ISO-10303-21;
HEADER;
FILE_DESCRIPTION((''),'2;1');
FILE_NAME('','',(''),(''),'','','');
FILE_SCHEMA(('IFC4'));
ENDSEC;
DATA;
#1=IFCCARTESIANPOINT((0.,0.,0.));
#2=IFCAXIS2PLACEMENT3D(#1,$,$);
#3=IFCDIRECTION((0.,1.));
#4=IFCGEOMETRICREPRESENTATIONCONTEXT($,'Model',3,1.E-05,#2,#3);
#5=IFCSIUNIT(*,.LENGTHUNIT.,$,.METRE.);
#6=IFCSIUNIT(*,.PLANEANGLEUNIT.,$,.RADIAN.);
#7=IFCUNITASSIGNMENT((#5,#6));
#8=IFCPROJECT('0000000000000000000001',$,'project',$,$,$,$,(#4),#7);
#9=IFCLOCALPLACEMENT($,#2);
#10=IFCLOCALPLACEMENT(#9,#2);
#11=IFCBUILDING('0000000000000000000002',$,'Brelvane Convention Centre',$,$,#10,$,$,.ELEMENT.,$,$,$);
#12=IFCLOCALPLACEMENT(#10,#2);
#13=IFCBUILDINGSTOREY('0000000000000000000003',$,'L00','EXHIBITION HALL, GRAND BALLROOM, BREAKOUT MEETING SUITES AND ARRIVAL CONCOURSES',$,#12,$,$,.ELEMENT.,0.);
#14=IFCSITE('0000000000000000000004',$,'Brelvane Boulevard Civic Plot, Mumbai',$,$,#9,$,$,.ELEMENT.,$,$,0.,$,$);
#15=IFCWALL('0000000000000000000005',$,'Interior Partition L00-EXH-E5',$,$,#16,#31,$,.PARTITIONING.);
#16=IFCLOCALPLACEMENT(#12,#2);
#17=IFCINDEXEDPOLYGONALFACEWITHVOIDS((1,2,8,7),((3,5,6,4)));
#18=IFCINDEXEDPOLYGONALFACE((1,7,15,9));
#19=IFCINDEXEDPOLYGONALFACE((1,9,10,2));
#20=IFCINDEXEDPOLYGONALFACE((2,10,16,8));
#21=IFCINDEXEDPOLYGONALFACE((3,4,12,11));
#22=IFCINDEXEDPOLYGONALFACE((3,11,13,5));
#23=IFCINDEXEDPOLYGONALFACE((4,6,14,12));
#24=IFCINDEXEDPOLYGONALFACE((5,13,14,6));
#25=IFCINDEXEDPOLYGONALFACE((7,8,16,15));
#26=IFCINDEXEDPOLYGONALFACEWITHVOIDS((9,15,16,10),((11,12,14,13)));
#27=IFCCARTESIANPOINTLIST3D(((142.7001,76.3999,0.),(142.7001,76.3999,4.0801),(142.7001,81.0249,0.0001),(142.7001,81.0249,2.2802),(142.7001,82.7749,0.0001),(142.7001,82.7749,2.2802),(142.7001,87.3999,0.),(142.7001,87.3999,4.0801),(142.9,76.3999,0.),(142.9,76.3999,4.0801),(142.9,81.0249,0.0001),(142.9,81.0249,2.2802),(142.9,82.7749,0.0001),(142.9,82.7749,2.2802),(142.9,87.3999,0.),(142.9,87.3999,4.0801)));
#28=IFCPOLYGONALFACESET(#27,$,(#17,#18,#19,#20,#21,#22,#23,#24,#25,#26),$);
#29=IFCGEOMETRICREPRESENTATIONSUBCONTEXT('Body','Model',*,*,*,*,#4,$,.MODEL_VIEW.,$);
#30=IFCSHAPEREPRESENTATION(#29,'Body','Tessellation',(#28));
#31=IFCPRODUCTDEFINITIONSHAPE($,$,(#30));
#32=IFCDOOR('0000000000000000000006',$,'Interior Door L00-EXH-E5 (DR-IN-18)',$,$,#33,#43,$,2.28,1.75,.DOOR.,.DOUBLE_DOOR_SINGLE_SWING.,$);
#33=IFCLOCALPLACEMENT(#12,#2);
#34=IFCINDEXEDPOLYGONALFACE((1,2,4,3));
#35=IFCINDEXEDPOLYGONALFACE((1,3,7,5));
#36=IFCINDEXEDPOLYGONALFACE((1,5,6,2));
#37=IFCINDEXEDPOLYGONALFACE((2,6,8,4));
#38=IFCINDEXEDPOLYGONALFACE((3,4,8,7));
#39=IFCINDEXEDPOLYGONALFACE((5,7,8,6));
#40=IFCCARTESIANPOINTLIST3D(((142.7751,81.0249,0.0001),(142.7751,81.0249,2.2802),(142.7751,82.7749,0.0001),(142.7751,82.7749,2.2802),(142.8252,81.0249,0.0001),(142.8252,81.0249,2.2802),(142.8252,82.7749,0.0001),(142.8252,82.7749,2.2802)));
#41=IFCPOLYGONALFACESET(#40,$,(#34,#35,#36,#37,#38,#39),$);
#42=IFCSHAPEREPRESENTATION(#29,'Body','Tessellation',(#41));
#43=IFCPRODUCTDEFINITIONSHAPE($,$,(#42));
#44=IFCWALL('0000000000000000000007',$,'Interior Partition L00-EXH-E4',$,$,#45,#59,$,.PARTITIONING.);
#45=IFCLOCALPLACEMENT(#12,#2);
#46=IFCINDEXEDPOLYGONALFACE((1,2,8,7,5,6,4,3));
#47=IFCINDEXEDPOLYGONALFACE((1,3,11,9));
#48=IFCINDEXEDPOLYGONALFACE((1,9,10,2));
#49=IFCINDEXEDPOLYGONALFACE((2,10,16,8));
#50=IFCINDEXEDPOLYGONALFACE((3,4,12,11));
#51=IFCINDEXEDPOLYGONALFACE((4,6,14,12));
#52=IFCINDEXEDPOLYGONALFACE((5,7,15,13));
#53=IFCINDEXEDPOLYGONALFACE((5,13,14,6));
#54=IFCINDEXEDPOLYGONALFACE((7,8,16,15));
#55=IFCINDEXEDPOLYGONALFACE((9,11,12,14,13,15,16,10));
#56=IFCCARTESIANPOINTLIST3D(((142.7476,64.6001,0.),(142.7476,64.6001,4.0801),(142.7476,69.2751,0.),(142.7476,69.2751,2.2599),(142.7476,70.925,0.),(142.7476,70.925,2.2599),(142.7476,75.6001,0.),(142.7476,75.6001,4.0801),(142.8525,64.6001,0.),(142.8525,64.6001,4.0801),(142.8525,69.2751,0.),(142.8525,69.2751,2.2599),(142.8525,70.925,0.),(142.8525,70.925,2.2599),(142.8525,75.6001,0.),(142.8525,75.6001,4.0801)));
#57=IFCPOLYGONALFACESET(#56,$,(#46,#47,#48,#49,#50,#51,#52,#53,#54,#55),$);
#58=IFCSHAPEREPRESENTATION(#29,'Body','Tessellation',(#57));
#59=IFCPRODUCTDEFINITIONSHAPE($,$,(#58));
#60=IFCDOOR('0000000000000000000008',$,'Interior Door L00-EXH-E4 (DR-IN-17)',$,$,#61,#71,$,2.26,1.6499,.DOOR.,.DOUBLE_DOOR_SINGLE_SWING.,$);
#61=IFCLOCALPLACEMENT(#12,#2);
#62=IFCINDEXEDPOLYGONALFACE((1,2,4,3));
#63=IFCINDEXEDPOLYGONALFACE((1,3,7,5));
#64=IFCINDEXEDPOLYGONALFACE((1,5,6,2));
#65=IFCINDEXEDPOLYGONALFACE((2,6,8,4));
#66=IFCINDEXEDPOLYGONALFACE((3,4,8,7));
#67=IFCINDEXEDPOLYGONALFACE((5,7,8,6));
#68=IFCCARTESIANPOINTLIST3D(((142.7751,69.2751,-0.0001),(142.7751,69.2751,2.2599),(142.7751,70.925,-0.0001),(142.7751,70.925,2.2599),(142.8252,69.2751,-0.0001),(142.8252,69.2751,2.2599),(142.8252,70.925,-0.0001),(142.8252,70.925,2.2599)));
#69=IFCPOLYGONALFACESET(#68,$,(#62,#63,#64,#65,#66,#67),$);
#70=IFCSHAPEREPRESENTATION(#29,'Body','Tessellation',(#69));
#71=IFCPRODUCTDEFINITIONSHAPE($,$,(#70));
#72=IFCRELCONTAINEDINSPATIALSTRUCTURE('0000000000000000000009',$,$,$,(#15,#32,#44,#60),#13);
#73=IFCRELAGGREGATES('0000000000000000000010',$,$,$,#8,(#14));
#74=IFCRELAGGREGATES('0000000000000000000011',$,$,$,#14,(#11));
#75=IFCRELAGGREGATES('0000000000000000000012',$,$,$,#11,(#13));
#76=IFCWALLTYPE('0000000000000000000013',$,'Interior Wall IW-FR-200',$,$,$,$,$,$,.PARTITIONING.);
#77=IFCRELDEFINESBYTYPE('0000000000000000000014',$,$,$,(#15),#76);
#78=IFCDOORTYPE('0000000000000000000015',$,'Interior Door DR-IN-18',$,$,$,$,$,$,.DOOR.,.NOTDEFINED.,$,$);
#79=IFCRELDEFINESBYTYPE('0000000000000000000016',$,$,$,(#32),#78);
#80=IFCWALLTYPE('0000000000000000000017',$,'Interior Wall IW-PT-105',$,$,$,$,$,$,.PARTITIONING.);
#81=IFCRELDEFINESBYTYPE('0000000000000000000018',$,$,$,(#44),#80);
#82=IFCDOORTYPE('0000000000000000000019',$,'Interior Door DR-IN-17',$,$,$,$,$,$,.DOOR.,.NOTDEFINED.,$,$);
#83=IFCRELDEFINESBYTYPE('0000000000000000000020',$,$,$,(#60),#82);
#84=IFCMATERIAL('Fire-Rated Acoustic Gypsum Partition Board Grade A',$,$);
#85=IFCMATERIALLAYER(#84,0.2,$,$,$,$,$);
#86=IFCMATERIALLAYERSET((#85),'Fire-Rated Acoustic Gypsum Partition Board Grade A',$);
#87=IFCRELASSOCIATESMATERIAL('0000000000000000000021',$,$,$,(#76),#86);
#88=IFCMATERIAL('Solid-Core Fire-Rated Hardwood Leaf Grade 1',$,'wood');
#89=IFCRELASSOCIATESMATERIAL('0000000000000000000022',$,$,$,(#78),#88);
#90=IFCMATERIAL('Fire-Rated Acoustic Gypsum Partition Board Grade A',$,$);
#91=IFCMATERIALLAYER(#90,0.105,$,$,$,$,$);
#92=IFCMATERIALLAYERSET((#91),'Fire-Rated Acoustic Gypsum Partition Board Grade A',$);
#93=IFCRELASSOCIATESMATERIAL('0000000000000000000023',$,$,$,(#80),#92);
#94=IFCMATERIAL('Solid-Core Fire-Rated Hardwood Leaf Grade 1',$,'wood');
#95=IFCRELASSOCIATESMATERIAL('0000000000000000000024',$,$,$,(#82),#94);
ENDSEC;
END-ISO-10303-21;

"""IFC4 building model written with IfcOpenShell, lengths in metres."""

from ifc_helpers import new_model, si_unit, direction, frame, frame_2d, origin, place, context, subcontext, project, spatial, rectangle, extrude, material, layer, layer_set, type_object, element, fill, save


model = new_model("IFC4")

# Units and contexts
model_context = context("Model", 3, precision=1e-05, world=origin(), true_north=direction((0.0, 1.0)))
body_context = subcontext(model_context, "Body", "Model", "MODEL_VIEW")
ifc_project = project(units=[si_unit("LENGTHUNIT", "METRE"), si_unit("PLANEANGLEUNIT", "RADIAN")], contexts=[model_context])

# Site, building, storey
site_placement = place(None, origin())
site = spatial("IfcSite", under=ifc_project, at=site_placement, Name="Brelvane Boulevard Civic Plot, Mumbai", CompositionType="ELEMENT", RefElevation=0.0)
building_placement = place(site_placement, origin())
building = spatial("IfcBuilding", under=site, at=building_placement, Name="Brelvane Convention Centre", CompositionType="ELEMENT")
storey_placement = place(building_placement, origin())
storey = spatial("IfcBuildingStorey", under=building, at=storey_placement, Name="L00", Description="EXHIBITION HALL, GRAND BALLROOM, BREAKOUT MEETING SUITES AND ARRIVAL CONCOURSES", CompositionType="ELEMENT", Elevation=0.0)

# Walls, openings, doors
ifc_material_1 = material(Name="Fire-Rated Acoustic Gypsum Partition Board Grade A")
ifc_layer_1 = layer(ifc_material_1, 0.2)
ifc_layer_set_1 = layer_set([ifc_layer_1], Name="Fire-Rated Acoustic Gypsum Partition Board Grade A")
wall_type_1 = type_object("IfcWallType", Name="Interior Wall IW-FR-200", PredefinedType="PARTITIONING", material=ifc_layer_set_1)
wall_1_placement = place(storey_placement, frame((142.8, 76.3999, 0.0), z_axis=(0.0, 0.0, 1.0), x_axis=(0.0, 1.0, 0.0)))
wall_1 = element("IfcWall", 1, at=wall_1_placement, inside=storey, type_object=wall_type_1, Name="Interior Partition L00-EXH-E5", PredefinedType="PARTITIONING", context=body_context, shape_type="SweptSolid", body=[
    extrude(rectangle(XDim=11.0, YDim=0.2, at=frame_2d((5.5, 0.0))), origin(), (0.0, 0.0, 1.0), 4.0801),
])
opening_1_placement = place(wall_1_placement, frame((4.625, 0.0, 0.0)))
opening_1 = element("IfcOpeningElement", 2, at=opening_1_placement, cuts=wall_1, PredefinedType="OPENING", context=body_context, shape_type="SweptSolid", body=[
    extrude(rectangle(XDim=1.75, YDim=2.28, at=frame_2d((0.875, 1.1401))), frame((0.0, 0.1099, 0.0), z_axis=(0.0, -1.0, 0.0), x_axis=(1.0, 0.0, 0.0)), (0.0, 0.0, 1.0), 0.22),
])
ifc_material_2 = material(Name="Solid-Core Fire-Rated Hardwood Leaf Grade 1", Category="wood")
door_type_1 = type_object("IfcDoorType", Name="Interior Door DR-IN-18", OperationType="NOTDEFINED", PredefinedType="DOOR", material=ifc_material_2)
door_1_placement = place(opening_1_placement, origin())
door_1 = element("IfcDoor", 3, at=door_1_placement, inside=storey, type_object=door_type_1, Name="Interior Door L00-EXH-E5 (DR-IN-18)", OperationType="DOUBLE_DOOR_SINGLE_SWING", OverallHeight=2.28, OverallWidth=1.75, PredefinedType="DOOR", context=body_context, shape_type="SweptSolid", body=[
    extrude(rectangle(XDim=1.75, YDim=2.28, at=frame_2d((0.875, 1.1401))), frame((0.0, 0.0249, 0.0), z_axis=(0.0, -1.0, 0.0), x_axis=(1.0, 0.0, 0.0)), (0.0, 0.0, 1.0), 0.05),
])
fill(opening_1, door_1)
ifc_material_3 = material(Name="Fire-Rated Acoustic Gypsum Partition Board Grade A")
ifc_layer_2 = layer(ifc_material_3, 0.105)
ifc_layer_set_2 = layer_set([ifc_layer_2], Name="Fire-Rated Acoustic Gypsum Partition Board Grade A")
wall_type_2 = type_object("IfcWallType", Name="Interior Wall IW-PT-105", PredefinedType="PARTITIONING", material=ifc_layer_set_2)
wall_2_placement = place(storey_placement, frame((142.8, 64.6001, 0.0), z_axis=(0.0, 0.0, 1.0), x_axis=(0.0, 1.0, 0.0)))
wall_2 = element("IfcWall", 4, at=wall_2_placement, inside=storey, type_object=wall_type_2, Name="Interior Partition L00-EXH-E4", PredefinedType="PARTITIONING", context=body_context, shape_type="SweptSolid", body=[
    extrude(rectangle(XDim=11.0, YDim=0.105, at=frame_2d((5.5, 0.0))), origin(), (0.0, 0.0, 1.0), 4.0801),
])
opening_2_placement = place(wall_2_placement, frame((4.675, 0.0, 0.0)))
opening_2 = element("IfcOpeningElement", 5, at=opening_2_placement, cuts=wall_2, PredefinedType="OPENING", context=body_context, shape_type="SweptSolid", body=[
    extrude(rectangle(XDim=1.6499, YDim=2.26, at=frame_2d((0.825, 1.1299))), frame((0.0, 0.0625, 0.0), z_axis=(0.0, -1.0, 0.0), x_axis=(1.0, 0.0, 0.0)), (0.0, 0.0, 1.0), 0.125),
])
ifc_material_4 = material(Name="Solid-Core Fire-Rated Hardwood Leaf Grade 1", Category="wood")
door_type_2 = type_object("IfcDoorType", Name="Interior Door DR-IN-17", OperationType="NOTDEFINED", PredefinedType="DOOR", material=ifc_material_4)
door_2_placement = place(opening_2_placement, origin())
door_2 = element("IfcDoor", 6, at=door_2_placement, inside=storey, type_object=door_type_2, Name="Interior Door L00-EXH-E4 (DR-IN-17)", OperationType="DOUBLE_DOOR_SINGLE_SWING", OverallHeight=2.26, OverallWidth=1.6499, PredefinedType="DOOR", context=body_context, shape_type="SweptSolid", body=[
    extrude(rectangle(XDim=1.6499, YDim=2.26, at=frame_2d((0.825, 1.1299))), frame((0.0, 0.0249, 0.0), z_axis=(0.0, -1.0, 0.0), x_axis=(1.0, 0.0, 0.0)), (0.0, 0.0, 1.0), 0.05),
])
fill(opening_2, door_2)

save(model, "model.ifc")
